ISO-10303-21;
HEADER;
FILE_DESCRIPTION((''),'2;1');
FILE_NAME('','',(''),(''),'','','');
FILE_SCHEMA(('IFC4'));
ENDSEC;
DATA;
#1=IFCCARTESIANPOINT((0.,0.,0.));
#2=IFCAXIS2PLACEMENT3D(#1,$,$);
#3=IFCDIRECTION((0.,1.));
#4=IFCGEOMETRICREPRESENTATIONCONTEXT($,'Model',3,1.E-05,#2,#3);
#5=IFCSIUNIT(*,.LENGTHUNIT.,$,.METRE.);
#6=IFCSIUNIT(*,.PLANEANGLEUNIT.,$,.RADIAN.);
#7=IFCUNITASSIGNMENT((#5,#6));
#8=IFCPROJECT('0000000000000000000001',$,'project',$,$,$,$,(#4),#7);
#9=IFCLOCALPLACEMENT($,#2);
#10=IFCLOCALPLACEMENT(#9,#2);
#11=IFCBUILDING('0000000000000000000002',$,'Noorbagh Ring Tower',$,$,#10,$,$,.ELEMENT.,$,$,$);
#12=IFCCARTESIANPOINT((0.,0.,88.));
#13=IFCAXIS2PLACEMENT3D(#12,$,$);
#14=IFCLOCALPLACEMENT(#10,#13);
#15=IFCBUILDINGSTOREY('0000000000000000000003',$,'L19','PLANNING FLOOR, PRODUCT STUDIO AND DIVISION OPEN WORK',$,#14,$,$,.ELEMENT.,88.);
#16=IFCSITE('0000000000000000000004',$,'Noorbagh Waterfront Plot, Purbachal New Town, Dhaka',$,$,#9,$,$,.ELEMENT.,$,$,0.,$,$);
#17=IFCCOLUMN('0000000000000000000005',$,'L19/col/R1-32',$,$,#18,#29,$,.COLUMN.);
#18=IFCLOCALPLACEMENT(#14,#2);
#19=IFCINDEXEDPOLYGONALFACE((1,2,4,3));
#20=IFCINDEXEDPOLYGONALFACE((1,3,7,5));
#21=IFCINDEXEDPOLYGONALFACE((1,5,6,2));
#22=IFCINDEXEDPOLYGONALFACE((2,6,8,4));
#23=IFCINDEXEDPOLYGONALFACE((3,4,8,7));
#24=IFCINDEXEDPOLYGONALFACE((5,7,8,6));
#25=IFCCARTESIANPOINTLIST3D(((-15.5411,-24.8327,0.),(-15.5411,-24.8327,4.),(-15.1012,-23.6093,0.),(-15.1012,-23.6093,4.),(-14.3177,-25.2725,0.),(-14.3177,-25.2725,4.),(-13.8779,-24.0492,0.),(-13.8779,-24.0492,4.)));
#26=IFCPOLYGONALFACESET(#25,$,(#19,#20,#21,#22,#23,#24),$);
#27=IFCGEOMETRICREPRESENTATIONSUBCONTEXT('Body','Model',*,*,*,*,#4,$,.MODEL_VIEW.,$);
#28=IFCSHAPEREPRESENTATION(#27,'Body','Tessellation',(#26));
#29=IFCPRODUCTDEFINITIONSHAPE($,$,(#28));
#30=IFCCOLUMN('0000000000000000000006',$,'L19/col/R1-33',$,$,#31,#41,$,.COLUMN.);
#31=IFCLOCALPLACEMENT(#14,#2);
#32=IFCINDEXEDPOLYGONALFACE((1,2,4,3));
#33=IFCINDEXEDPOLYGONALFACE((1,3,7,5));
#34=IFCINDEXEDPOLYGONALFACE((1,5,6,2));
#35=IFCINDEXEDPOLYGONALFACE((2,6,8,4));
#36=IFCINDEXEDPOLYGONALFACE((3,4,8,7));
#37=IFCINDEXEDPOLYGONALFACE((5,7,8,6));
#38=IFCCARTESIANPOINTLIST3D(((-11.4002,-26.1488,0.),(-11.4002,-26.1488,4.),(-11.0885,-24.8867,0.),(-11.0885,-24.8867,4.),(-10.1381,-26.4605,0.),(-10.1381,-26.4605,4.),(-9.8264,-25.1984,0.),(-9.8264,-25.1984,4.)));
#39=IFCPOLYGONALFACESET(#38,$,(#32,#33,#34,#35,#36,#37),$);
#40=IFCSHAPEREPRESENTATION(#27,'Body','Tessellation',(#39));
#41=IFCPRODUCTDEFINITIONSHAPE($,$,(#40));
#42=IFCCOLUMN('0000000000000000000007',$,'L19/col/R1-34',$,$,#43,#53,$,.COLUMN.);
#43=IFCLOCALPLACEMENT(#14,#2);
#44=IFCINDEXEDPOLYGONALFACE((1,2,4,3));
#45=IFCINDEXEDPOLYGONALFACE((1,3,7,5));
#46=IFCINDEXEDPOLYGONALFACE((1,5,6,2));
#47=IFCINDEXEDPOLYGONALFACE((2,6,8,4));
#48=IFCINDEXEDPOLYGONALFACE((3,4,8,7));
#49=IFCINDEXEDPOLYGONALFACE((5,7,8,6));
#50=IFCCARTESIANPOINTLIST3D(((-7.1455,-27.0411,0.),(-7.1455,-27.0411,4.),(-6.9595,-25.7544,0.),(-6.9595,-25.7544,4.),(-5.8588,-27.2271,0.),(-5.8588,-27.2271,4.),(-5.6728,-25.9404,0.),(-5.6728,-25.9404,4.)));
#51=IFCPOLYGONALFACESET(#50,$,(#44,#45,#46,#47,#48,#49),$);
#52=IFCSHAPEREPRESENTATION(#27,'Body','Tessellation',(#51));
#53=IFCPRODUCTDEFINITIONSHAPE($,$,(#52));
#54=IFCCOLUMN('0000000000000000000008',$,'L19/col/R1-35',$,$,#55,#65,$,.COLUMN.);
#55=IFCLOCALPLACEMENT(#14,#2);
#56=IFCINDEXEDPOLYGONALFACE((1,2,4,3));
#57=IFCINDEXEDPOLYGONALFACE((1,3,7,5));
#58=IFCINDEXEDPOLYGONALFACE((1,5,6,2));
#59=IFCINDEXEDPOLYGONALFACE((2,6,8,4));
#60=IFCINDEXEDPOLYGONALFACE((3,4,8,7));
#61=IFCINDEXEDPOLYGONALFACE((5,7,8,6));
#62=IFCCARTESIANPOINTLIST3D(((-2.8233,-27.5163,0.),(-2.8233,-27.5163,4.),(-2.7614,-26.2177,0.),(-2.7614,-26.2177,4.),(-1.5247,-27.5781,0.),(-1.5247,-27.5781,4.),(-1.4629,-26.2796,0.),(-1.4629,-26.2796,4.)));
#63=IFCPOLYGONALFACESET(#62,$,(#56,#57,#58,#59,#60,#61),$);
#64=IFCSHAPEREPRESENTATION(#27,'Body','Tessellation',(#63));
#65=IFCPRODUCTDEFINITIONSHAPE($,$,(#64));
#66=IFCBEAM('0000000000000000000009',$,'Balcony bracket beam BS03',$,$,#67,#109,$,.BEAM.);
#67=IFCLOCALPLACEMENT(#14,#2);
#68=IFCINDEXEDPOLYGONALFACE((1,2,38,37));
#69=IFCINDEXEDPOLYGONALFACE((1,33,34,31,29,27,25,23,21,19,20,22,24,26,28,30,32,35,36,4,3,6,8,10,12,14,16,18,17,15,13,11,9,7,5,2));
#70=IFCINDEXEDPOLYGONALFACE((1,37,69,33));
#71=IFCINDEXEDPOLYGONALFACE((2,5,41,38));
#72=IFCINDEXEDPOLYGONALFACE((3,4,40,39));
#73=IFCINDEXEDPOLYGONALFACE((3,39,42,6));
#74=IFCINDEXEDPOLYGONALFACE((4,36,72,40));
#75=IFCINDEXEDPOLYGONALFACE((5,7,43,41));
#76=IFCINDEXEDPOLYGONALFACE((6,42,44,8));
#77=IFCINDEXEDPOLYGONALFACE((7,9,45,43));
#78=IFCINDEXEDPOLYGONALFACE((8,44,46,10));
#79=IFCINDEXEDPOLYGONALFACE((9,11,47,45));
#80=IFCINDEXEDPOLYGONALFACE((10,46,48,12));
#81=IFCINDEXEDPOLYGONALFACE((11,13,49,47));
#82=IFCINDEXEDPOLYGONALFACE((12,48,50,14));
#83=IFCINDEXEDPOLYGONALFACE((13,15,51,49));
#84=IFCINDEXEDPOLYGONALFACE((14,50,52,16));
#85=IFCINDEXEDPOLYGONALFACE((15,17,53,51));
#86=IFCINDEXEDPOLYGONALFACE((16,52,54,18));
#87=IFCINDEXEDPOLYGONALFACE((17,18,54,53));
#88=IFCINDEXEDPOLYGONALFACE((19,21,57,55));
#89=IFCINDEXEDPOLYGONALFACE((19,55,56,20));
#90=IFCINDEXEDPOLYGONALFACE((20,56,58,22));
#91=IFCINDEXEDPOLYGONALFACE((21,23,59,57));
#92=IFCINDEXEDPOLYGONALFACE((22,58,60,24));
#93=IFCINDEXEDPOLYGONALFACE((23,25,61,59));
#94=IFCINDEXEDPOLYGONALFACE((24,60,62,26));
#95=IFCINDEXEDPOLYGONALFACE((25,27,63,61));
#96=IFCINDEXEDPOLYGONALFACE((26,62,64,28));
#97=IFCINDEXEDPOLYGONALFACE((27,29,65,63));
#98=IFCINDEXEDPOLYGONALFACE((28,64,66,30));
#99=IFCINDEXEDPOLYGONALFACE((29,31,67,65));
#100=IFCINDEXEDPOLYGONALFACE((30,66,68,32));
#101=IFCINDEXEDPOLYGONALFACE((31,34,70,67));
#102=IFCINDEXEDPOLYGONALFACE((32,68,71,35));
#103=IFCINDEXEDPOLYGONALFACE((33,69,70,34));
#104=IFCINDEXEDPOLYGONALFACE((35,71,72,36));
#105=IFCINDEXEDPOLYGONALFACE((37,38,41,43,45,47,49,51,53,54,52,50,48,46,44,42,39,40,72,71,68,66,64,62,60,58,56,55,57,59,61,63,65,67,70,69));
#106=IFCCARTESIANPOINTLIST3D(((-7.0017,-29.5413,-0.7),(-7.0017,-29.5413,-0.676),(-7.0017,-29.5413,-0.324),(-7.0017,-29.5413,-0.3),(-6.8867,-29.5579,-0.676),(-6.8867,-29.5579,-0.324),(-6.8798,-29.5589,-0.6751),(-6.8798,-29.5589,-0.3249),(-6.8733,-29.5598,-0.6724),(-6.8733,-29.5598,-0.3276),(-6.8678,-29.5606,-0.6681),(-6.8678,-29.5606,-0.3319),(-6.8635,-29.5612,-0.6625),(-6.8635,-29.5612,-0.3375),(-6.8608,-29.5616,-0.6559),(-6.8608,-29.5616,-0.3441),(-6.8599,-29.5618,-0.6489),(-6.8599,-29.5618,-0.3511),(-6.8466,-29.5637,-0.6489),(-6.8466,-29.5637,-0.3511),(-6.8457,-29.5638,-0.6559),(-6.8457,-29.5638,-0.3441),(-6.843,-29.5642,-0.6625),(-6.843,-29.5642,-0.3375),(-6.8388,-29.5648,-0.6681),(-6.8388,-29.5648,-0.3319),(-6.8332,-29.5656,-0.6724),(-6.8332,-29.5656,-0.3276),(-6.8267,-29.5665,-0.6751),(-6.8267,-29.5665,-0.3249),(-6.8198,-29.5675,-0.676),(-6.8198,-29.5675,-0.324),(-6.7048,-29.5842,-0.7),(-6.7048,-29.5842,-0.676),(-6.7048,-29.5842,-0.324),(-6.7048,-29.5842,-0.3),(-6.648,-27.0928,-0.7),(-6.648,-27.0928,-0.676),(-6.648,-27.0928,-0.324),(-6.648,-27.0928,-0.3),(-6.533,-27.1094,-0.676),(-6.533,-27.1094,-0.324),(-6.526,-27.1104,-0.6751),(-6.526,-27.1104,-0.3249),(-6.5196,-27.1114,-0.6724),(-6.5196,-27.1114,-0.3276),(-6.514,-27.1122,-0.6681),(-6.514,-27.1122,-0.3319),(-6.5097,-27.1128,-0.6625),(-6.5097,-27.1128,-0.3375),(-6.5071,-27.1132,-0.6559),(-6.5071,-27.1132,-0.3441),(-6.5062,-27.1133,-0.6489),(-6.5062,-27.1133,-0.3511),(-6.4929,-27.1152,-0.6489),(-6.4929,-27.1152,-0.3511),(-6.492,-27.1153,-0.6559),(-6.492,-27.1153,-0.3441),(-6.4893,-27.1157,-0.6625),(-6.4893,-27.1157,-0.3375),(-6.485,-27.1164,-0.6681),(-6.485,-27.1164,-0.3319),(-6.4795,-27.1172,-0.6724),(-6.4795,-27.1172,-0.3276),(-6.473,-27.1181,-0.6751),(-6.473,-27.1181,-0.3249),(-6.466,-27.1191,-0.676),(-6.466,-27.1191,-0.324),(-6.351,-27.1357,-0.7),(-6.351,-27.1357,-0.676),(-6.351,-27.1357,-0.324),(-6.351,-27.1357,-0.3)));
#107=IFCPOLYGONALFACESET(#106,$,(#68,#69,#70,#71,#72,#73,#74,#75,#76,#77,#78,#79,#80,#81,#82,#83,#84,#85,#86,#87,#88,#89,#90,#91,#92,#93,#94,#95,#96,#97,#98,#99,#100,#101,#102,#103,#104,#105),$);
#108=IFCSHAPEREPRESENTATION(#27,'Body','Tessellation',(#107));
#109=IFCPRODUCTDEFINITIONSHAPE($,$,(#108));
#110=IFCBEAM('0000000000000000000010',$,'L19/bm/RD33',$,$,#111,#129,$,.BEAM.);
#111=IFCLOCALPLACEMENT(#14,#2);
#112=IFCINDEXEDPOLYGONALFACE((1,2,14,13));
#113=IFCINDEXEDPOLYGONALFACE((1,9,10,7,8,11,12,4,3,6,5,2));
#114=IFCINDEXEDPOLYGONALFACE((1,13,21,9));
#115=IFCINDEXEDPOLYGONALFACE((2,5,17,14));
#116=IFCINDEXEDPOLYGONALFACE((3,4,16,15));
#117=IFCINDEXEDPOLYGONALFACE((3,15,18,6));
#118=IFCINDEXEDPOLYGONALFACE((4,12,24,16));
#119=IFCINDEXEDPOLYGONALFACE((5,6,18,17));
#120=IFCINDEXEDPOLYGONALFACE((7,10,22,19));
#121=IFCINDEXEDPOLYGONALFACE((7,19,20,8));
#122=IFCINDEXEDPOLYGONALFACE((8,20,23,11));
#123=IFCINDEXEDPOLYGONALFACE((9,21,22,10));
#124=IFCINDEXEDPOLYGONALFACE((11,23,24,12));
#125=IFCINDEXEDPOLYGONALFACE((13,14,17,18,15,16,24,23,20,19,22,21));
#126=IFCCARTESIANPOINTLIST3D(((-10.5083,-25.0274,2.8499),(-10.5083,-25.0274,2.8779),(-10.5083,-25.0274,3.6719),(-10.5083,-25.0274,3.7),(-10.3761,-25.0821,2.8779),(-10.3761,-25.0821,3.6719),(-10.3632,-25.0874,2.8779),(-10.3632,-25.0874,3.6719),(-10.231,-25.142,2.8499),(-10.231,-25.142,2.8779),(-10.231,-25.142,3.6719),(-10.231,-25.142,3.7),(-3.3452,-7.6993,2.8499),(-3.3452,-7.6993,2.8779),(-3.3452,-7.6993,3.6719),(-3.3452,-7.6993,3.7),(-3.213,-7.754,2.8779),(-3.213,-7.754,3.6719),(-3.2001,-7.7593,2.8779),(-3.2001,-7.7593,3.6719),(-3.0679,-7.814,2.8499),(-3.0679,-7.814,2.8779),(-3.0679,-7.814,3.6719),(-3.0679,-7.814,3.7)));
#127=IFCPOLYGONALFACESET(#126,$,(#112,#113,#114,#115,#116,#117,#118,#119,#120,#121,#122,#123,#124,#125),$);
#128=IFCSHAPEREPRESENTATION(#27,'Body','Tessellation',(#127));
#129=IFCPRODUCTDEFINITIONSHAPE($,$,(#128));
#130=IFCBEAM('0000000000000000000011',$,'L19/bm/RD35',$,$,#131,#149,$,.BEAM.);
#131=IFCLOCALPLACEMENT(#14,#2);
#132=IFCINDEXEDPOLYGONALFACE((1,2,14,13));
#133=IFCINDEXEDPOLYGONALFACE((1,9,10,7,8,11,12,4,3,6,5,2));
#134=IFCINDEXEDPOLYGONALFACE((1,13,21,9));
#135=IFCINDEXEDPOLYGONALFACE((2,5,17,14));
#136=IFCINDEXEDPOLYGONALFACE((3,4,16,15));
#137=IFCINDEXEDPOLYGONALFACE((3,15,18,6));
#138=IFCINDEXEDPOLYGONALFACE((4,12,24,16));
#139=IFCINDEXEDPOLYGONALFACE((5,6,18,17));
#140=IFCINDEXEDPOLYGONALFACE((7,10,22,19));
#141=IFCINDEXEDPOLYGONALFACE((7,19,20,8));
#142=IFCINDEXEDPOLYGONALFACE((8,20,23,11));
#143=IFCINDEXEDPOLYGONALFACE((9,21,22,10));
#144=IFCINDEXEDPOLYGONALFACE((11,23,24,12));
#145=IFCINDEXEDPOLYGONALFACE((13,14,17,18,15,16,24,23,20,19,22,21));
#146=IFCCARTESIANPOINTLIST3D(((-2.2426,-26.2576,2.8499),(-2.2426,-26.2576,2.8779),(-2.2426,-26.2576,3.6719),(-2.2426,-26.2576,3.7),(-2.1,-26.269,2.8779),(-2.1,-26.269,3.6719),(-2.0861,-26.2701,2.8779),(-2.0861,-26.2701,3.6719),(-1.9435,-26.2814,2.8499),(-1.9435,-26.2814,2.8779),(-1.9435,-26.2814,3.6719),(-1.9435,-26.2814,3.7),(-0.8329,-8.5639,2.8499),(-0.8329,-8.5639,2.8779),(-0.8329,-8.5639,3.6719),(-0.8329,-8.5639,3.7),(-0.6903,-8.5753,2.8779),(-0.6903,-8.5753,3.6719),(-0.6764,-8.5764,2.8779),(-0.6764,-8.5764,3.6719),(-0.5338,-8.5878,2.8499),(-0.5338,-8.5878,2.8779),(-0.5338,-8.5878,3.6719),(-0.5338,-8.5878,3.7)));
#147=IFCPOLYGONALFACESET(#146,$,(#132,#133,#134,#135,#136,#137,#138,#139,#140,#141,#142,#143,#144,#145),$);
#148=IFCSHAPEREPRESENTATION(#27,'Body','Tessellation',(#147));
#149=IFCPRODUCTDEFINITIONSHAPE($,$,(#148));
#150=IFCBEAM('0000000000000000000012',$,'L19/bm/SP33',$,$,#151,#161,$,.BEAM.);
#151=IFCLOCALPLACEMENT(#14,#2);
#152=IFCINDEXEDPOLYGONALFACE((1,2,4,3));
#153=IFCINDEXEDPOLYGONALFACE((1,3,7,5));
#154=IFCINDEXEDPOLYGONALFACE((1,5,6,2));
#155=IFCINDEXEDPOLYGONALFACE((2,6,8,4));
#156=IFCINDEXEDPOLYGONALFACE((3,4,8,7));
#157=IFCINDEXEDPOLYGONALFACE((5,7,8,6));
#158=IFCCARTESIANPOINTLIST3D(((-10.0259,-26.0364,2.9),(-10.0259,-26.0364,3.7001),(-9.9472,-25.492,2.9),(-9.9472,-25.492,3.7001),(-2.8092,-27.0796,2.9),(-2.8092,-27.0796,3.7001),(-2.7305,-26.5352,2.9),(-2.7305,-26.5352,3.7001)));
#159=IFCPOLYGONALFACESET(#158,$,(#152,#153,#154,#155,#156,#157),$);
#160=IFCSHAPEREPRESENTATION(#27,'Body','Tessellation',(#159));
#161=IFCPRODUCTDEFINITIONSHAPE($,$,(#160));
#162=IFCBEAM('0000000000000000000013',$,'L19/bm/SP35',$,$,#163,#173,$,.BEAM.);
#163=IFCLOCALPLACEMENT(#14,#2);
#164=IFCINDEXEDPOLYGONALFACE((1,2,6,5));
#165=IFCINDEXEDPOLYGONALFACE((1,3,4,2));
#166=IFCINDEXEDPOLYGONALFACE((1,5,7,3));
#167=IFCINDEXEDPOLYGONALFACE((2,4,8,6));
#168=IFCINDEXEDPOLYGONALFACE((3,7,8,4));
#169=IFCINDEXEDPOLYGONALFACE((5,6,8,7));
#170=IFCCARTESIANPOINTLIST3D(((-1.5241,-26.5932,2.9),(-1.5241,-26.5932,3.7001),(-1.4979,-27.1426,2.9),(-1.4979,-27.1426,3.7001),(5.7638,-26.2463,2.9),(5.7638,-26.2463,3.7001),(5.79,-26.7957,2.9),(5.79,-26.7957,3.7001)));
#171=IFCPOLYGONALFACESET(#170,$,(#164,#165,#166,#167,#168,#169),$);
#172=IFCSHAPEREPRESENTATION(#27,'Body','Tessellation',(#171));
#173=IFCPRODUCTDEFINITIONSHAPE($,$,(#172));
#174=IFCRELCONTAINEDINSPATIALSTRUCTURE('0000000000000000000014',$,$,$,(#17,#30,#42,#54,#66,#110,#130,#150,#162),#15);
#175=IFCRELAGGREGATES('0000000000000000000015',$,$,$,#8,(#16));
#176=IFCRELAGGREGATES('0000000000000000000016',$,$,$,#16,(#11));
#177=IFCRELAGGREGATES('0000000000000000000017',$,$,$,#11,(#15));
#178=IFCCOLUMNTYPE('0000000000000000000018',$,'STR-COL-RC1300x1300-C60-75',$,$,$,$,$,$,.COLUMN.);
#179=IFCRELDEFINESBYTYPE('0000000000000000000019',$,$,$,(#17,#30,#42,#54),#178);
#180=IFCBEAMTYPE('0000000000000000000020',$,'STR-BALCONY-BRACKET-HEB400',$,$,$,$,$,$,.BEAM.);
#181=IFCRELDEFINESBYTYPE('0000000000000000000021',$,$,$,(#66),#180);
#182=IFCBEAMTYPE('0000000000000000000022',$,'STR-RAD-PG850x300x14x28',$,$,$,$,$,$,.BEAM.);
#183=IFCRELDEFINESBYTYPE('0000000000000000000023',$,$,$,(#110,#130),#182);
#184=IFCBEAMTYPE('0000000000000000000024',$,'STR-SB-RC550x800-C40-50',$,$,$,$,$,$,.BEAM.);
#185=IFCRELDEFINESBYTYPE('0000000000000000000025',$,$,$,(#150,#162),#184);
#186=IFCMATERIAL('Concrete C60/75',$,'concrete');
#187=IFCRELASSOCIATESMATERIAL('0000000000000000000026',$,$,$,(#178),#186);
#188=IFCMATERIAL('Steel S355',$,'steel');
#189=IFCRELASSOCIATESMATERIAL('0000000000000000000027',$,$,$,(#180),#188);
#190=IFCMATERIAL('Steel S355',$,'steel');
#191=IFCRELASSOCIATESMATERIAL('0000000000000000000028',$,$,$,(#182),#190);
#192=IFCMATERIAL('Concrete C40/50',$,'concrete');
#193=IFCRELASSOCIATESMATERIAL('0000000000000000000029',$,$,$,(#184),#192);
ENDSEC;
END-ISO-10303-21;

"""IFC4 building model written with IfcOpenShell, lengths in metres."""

from ifc_helpers import new_model, si_unit, direction, frame, origin, origin_2d, place, context, subcontext, project, spatial, rectangle, i_section, extrude, material, material_profile, profile_set, type_object, element, save


model = new_model("IFC4")

# Units and contexts
model_context = context("Model", 3, precision=1e-05, world=origin(), true_north=direction((0.0, 1.0)))
body_context = subcontext(model_context, "Body", "Model", "MODEL_VIEW")
ifc_project = project(units=[si_unit("LENGTHUNIT", "METRE"), si_unit("PLANEANGLEUNIT", "RADIAN")], contexts=[model_context])

# Site, building, storey
site_placement = place(None, origin())
site = spatial("IfcSite", under=ifc_project, at=site_placement, Name="Noorbagh Waterfront Plot, Purbachal New Town, Dhaka", CompositionType="ELEMENT", RefElevation=0.0)
building_placement = place(site_placement, origin())
building = spatial("IfcBuilding", under=site, at=building_placement, Name="Noorbagh Ring Tower", CompositionType="ELEMENT")
storey_placement = place(building_placement, frame((0.0, 0.0, 88.0)))
storey = spatial("IfcBuildingStorey", under=building, at=storey_placement, Name="L19", Description="PLANNING FLOOR, PRODUCT STUDIO AND DIVISION OPEN WORK", CompositionType="ELEMENT", Elevation=88.0)

# Columns
ifc_material_1 = material(Name="Concrete C60/75", Category="concrete")
ifc_material_profile_1 = material_profile(ifc_material_1, rectangle(XDim=1.3, YDim=1.3, at=origin_2d()), Name="RC1300x1300")
ifc_profile_set_1 = profile_set([ifc_material_profile_1], Name="Concrete C60/75")
column_type = type_object("IfcColumnType", Name="STR-COL-RC1300x1300-C60-75", PredefinedType="COLUMN", material=ifc_profile_set_1)
for number, where, z_axis, x_axis, name in (
    (1, (-14.7095, -24.4409, 0.0), (0.0, 0.0, 1.0), (0.941025, -0.338338, 0.0), "L19/col/R1-32"),
    (2, (-10.6133, -25.6736, 0.0), (0.0, 0.0, 1.0), (0.970829, -0.239771, 0.0), "L19/col/R1-33"),
    (3, (-6.4092, -26.4907, 0.0), (0.0, 0.0, 1.0), (0.989713, -0.143066, 0.0), "L19/col/R1-34"),
    (4, (-2.1431, -26.8979, 0.0), (0.0, 0.0, 1.0), (0.998869, -0.047553, 0.0), "L19/col/R1-35"),
):
    element("IfcColumn", number, at=place(storey_placement, frame(where, z_axis=z_axis, x_axis=x_axis)), inside=storey, type_object=column_type, Name=name, PredefinedType="COLUMN", context=body_context, shape_type="SweptSolid", body=[
        extrude(rectangle(XDim=1.3, YDim=1.3, at=origin_2d()), origin(), (0.0, 0.0, 1.0), 4.0),
    ])

# Beams
ifc_material_2 = material(Name="Steel S355", Category="steel")
ifc_material_profile_2 = material_profile(ifc_material_2, i_section(OverallWidth=0.3, OverallDepth=0.3999, WebThickness=0.0134, FlangeThickness=0.0239, FilletRadius=0.0271, at=origin_2d()), Name="HEB400")
ifc_profile_set_2 = profile_set([ifc_material_profile_2], Name="Steel S355")
beam_type_1 = type_object("IfcBeamType", Name="STR-BALCONY-BRACKET-HEB400", PredefinedType="BEAM", material=ifc_profile_set_2)
beam_1_placement = place(storey_placement, frame((-6.4995, -27.1143, -0.5), z_axis=(-0.142996, -0.989723, 0.0), x_axis=(0.989723, -0.142996, 0.0)))
element("IfcBeam", 5, at=beam_1_placement, inside=storey, type_object=beam_type_1, Name="Balcony bracket beam BS03", PredefinedType="BEAM", context=body_context, shape_type="SweptSolid", body=[
    extrude(i_section(OverallWidth=0.3, OverallDepth=0.3999, WebThickness=0.0134, FlangeThickness=0.0239, FilletRadius=0.0271, at=origin_2d()), origin(), (0.0, 0.0, 1.0), 2.4739),
])
ifc_material_3 = material(Name="Steel S355", Category="steel")
ifc_material_profile_3 = material_profile(ifc_material_3, i_section(OverallWidth=0.3, OverallDepth=0.8501, WebThickness=0.0139, FlangeThickness=0.0281, at=origin_2d()), Name="PG850x300x14x28")
ifc_profile_set_3 = profile_set([ifc_material_profile_3], Name="Steel S355")
beam_type_2 = type_object("IfcBeamType", Name="STR-RAD-PG850x300x14x28", PredefinedType="BEAM", material=ifc_profile_set_3)
beam_2_placement = place(storey_placement, frame((-10.3696, -25.0847, 3.2749), z_axis=(0.382025, 0.924152, 0.0), x_axis=(-0.924152, 0.382025, 0.0)))
element("IfcBeam", 6, at=beam_2_placement, inside=storey, type_object=beam_type_2, Name="L19/bm/RD33", PredefinedType="BEAM", context=body_context, shape_type="SweptSolid", body=[
    extrude(i_section(OverallWidth=0.3, OverallDepth=0.8501, WebThickness=0.0139, FlangeThickness=0.0281, at=origin_2d()), origin(), (0.0, 0.0, 1.0), 18.7502),
])
beam_3_placement = place(storey_placement, frame((-2.093, -26.2695, 3.2749), z_axis=(0.079419, 0.996841, 0.0), x_axis=(-0.996841, 0.079419, 0.0)))
element("IfcBeam", 7, at=beam_3_placement, inside=storey, type_object=beam_type_2, Name="L19/bm/RD35", PredefinedType="BEAM", context=body_context, shape_type="SweptSolid", body=[
    extrude(i_section(OverallWidth=0.3, OverallDepth=0.8501, WebThickness=0.0139, FlangeThickness=0.0281, at=origin_2d()), origin(), (0.0, 0.0, 1.0), 17.7498),
])
ifc_material_4 = material(Name="Concrete C40/50", Category="concrete")
ifc_material_profile_4 = material_profile(ifc_material_4, rectangle(XDim=0.55, YDim=0.8, at=origin_2d()), Name="RC550x800")
ifc_profile_set_4 = profile_set([ifc_material_profile_4], Name="Concrete C40/50")
beam_type_3 = type_object("IfcBeamType", Name="STR-SB-RC550x800-C40-50", PredefinedType="BEAM", material=ifc_profile_set_4)
beam_4_placement = place(storey_placement, frame((-9.9866, -25.7642, 3.3), z_axis=(0.989713, -0.143066, 0.0), x_axis=(0.143066, 0.989713, 0.0)))
element("IfcBeam", 8, at=beam_4_placement, inside=storey, type_object=beam_type_3, Name="L19/bm/SP33", PredefinedType="BEAM", context=body_context, shape_type="SweptSolid", body=[
    extrude(rectangle(XDim=0.55, YDim=0.8, at=origin_2d()), origin(), (0.0, 0.0, 1.0), 7.2917),
])
beam_5_placement = place(storey_placement, frame((-1.511, -26.8679, 3.3), z_axis=(0.998869, 0.047549, 0.0), x_axis=(-0.047549, 0.998869, 0.0)))
element("IfcBeam", 9, at=beam_5_placement, inside=storey, type_object=beam_type_3, Name="L19/bm/SP35", PredefinedType="BEAM", context=body_context, shape_type="SweptSolid", body=[
    extrude(rectangle(XDim=0.55, YDim=0.8, at=origin_2d()), origin(), (0.0, 0.0, 1.0), 7.2961),
])

save(model, "model.ifc")
